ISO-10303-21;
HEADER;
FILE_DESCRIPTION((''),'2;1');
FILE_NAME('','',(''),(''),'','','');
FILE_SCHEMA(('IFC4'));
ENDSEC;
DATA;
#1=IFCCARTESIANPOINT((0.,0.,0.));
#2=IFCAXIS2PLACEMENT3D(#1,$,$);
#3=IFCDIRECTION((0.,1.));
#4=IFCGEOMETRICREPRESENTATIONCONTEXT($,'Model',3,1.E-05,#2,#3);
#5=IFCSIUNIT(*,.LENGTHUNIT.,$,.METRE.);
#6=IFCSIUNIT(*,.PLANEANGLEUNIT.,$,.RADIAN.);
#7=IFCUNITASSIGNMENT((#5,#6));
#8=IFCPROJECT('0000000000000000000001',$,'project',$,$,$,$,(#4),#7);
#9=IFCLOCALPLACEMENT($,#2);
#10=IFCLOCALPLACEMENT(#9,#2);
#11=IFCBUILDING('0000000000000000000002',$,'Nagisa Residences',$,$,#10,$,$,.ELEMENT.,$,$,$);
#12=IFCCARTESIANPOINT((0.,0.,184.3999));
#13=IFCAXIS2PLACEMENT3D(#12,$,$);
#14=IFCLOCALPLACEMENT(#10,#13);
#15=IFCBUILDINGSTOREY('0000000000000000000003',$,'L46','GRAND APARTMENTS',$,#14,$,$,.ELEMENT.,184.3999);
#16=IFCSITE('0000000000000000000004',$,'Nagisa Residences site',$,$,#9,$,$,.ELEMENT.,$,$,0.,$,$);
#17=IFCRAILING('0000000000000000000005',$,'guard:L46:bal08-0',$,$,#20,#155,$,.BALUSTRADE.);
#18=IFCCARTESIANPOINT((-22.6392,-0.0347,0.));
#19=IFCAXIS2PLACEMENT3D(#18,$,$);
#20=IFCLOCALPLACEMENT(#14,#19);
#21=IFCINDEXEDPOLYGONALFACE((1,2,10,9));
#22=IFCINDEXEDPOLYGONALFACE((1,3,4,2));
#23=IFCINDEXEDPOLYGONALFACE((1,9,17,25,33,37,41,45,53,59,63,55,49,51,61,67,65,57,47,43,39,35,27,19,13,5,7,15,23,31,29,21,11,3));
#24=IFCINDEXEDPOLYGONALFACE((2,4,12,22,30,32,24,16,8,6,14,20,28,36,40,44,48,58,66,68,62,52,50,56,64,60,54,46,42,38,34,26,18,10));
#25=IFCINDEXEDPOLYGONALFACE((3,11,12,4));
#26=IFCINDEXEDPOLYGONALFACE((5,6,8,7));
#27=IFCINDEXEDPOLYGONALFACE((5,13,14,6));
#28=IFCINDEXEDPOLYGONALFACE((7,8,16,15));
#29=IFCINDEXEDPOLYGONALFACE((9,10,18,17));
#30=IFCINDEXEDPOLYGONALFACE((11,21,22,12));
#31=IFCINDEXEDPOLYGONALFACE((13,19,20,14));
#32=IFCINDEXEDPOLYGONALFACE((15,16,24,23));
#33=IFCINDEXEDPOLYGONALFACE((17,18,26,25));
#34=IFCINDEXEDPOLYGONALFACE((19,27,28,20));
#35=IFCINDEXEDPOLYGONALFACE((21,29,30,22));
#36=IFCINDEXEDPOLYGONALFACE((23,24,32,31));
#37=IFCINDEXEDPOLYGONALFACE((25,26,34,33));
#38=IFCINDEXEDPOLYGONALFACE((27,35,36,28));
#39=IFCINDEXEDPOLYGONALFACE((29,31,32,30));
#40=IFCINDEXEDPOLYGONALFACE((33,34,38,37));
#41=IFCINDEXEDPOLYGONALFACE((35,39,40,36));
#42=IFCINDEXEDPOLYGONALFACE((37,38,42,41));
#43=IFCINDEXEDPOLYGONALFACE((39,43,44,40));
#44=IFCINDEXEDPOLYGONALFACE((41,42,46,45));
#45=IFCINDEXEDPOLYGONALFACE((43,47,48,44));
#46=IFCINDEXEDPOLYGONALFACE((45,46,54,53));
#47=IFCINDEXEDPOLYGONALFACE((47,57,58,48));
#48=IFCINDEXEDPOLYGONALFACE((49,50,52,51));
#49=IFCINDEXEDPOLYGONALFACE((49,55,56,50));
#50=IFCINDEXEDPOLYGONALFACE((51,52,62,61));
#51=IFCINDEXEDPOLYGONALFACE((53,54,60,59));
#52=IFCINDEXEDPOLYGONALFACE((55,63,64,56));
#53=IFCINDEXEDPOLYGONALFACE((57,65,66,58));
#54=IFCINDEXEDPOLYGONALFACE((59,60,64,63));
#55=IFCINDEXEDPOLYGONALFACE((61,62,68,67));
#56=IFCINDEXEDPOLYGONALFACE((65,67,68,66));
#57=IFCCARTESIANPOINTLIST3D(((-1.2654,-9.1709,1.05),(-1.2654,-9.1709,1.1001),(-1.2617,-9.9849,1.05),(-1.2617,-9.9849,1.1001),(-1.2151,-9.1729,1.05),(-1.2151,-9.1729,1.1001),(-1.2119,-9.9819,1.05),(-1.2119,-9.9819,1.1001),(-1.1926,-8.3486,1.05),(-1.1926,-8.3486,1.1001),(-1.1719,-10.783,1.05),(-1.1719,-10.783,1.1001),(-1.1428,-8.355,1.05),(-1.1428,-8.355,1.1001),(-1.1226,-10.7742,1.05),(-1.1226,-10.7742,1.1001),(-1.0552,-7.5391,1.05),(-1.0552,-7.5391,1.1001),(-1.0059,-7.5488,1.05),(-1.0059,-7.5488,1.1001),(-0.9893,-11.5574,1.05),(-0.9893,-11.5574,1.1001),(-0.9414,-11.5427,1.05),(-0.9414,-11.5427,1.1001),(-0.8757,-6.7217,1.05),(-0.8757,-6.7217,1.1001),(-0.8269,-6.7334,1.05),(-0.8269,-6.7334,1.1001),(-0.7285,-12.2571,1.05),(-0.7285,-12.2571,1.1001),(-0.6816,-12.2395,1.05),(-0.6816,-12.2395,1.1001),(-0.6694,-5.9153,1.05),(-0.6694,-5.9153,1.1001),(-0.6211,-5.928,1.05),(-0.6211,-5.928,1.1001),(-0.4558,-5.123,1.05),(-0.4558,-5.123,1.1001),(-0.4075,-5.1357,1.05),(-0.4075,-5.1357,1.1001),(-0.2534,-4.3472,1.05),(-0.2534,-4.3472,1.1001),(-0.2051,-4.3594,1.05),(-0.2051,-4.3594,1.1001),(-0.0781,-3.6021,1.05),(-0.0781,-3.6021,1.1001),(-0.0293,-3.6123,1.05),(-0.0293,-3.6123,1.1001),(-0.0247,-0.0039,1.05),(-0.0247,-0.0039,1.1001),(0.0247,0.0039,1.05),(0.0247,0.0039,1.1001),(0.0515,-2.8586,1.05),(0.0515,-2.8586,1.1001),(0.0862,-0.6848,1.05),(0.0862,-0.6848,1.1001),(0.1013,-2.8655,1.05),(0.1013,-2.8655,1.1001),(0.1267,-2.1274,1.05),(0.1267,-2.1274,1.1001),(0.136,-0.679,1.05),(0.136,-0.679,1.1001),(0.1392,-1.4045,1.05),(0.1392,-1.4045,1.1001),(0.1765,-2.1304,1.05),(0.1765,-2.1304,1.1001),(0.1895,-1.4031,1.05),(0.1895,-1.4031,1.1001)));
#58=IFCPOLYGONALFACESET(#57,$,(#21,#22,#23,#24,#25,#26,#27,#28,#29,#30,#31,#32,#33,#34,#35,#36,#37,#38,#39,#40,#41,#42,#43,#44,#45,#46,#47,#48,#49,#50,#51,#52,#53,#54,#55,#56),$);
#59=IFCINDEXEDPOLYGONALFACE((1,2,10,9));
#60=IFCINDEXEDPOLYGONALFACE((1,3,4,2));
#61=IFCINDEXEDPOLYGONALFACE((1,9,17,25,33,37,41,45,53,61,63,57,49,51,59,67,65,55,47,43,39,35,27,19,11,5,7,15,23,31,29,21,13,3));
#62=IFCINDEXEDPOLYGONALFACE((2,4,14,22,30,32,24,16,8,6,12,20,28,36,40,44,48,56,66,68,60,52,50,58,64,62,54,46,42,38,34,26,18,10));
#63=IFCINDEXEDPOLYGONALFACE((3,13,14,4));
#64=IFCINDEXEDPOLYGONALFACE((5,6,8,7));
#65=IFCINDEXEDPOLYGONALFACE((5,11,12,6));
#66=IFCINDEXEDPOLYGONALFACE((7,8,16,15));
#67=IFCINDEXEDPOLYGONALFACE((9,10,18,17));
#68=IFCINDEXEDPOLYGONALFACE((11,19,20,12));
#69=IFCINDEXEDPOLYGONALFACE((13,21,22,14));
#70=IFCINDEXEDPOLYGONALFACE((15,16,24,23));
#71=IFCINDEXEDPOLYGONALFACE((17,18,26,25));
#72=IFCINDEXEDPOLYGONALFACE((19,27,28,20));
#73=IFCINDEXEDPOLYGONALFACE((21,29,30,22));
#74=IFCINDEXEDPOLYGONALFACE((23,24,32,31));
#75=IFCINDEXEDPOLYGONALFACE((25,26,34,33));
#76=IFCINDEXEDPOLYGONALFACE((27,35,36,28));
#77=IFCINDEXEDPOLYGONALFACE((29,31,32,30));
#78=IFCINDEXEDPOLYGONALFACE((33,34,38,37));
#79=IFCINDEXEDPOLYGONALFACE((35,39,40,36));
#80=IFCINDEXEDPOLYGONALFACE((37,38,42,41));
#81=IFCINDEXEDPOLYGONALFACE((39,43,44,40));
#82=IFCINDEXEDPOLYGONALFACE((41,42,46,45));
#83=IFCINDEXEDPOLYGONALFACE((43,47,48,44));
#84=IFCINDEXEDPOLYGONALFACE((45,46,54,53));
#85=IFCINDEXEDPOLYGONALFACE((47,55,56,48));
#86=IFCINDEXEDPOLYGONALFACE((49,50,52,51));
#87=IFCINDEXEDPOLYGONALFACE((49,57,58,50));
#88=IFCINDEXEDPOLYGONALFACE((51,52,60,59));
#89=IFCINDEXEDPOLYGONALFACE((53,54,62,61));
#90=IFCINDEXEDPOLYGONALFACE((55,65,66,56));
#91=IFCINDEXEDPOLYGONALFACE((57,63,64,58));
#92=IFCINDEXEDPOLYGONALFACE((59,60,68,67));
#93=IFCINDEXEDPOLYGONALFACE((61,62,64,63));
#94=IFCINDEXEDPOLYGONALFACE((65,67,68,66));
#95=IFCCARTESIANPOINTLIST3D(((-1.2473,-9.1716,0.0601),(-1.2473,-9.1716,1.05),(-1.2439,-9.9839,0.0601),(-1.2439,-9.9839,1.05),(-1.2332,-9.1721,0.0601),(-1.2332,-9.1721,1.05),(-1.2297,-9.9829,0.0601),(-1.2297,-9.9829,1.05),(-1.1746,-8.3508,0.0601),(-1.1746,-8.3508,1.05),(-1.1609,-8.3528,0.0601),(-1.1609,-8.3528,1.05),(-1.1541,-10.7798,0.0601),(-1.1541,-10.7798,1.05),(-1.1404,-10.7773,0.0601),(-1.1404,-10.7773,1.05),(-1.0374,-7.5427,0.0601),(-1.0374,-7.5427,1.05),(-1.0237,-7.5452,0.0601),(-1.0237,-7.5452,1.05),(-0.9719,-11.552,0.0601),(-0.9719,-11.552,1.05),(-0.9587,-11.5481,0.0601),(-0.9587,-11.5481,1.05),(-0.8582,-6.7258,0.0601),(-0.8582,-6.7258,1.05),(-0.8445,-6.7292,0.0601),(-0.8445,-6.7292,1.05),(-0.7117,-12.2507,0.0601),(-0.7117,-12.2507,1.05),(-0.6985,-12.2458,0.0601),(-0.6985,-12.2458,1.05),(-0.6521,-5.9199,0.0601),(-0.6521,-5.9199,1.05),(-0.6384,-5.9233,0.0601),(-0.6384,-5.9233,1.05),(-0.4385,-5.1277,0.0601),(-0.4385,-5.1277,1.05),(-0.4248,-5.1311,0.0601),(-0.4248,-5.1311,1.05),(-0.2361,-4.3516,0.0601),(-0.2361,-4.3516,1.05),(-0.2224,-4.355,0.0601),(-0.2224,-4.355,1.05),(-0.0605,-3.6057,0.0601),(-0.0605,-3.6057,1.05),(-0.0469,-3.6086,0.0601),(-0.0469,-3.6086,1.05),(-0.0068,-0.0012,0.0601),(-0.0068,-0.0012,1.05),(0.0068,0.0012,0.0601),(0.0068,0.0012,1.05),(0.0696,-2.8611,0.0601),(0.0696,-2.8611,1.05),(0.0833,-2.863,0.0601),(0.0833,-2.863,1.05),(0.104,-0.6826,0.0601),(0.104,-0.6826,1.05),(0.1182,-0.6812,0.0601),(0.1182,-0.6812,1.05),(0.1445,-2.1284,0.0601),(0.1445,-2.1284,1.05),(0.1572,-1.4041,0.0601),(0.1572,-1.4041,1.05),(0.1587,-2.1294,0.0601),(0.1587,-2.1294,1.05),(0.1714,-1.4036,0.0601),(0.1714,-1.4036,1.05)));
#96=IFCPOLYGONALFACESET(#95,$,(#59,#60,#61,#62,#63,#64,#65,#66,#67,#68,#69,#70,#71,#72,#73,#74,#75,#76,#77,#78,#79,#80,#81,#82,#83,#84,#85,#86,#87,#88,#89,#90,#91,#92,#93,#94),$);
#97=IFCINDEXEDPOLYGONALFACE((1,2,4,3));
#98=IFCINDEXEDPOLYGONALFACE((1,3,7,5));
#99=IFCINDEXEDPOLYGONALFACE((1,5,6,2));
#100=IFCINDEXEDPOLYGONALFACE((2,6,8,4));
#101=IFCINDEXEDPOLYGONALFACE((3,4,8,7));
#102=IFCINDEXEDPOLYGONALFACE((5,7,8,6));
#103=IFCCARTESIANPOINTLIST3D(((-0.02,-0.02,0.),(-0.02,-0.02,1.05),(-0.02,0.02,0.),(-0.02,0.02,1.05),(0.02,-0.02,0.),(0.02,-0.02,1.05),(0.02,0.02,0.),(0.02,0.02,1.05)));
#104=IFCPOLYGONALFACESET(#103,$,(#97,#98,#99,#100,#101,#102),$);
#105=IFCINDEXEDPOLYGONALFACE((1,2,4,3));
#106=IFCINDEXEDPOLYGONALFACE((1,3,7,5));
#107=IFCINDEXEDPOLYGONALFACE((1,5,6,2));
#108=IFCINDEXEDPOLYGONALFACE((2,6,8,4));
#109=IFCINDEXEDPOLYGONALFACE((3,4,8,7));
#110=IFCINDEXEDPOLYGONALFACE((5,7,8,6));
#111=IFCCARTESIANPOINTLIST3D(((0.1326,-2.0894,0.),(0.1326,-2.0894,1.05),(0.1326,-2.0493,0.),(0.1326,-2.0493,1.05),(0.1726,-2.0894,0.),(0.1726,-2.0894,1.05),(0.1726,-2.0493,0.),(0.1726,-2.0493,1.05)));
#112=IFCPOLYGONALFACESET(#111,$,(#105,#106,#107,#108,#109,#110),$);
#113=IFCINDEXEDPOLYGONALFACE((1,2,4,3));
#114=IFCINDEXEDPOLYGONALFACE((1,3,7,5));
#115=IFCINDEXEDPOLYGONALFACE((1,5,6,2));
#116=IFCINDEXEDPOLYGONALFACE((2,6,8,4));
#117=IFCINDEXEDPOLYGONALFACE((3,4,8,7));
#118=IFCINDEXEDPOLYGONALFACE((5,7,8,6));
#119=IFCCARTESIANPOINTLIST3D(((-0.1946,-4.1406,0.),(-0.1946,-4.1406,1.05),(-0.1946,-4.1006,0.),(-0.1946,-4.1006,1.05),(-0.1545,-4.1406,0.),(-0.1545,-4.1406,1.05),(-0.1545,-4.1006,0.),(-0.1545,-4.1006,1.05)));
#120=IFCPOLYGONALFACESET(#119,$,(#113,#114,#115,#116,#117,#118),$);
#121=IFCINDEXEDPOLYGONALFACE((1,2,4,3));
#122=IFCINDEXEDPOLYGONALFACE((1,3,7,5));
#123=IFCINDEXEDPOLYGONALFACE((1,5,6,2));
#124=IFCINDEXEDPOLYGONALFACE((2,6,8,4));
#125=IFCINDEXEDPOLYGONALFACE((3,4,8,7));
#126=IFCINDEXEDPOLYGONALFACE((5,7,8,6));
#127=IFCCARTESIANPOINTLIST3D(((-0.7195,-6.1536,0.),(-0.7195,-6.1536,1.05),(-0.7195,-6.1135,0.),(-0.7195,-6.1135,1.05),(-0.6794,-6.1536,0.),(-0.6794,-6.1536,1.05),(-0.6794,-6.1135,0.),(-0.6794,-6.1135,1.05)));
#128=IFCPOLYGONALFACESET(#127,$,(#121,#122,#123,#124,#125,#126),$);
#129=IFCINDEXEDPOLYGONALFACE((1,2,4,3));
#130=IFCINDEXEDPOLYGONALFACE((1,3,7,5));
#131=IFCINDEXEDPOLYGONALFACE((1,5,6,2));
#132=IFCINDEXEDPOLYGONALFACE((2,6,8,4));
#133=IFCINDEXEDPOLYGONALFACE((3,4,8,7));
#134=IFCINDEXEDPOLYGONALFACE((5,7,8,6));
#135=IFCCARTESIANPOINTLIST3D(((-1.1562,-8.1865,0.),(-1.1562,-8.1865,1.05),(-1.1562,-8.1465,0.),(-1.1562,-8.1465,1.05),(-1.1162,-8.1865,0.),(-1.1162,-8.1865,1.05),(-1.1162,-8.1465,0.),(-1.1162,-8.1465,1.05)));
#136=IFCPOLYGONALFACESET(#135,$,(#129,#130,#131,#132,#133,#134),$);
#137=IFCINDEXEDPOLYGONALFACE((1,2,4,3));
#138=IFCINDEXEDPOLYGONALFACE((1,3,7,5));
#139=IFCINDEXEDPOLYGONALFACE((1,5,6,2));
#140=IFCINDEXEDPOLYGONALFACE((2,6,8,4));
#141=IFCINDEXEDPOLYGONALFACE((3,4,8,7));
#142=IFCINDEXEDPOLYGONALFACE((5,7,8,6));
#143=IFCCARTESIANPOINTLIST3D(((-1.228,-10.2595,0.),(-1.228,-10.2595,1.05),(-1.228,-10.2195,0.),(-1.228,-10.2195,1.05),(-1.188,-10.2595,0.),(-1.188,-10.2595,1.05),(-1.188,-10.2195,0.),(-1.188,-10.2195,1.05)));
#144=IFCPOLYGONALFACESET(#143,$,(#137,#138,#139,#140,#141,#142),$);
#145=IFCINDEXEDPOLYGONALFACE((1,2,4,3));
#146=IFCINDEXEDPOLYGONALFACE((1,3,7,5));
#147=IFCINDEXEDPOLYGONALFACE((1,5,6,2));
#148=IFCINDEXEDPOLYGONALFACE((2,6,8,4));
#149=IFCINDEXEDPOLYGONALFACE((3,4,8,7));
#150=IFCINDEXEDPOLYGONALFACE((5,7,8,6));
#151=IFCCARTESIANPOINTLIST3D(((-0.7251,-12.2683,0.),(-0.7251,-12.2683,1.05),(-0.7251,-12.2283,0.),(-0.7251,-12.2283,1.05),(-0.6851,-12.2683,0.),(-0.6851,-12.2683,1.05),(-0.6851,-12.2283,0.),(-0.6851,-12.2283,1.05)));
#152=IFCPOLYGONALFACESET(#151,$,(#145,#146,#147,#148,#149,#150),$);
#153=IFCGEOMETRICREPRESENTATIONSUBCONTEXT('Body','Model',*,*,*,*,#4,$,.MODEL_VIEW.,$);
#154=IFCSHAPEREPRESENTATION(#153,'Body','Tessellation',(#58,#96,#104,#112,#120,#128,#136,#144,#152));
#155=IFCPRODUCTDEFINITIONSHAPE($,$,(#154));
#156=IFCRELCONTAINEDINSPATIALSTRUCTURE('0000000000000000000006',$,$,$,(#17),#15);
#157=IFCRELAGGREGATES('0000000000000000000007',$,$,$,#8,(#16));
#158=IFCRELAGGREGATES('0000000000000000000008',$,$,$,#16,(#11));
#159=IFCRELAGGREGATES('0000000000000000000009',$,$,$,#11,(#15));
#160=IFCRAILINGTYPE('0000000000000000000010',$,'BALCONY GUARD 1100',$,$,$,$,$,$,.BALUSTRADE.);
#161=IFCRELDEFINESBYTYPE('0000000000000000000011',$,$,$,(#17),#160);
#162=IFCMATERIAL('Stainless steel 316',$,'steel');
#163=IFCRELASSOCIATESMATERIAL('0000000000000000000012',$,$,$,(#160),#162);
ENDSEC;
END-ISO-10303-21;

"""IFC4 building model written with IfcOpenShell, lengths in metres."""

from ifc_helpers import new_model, si_unit, direction, frame, origin, origin_2d, place, context, subcontext, project, spatial, polyline, rectangle, outline, extrude, material, type_object, element, save


model = new_model("IFC4")

# Units and contexts
model_context = context("Model", 3, precision=1e-05, world=origin(), true_north=direction((0.0, 1.0)))
body_context = subcontext(model_context, "Body", "Model", "MODEL_VIEW")
ifc_project = project(units=[si_unit("LENGTHUNIT", "METRE"), si_unit("PLANEANGLEUNIT", "RADIAN")], contexts=[model_context])

# Site, building, storey
site_placement = place(None, origin())
site = spatial("IfcSite", under=ifc_project, at=site_placement, Name="Nagisa Residences site", CompositionType="ELEMENT", RefElevation=0.0)
building_placement = place(site_placement, origin())
building = spatial("IfcBuilding", under=site, at=building_placement, Name="Nagisa Residences", CompositionType="ELEMENT")
storey_placement = place(building_placement, frame((0.0, 0.0, 184.3999)))
storey = spatial("IfcBuildingStorey", under=building, at=storey_placement, Name="L46", Description="GRAND APARTMENTS", CompositionType="ELEMENT", Elevation=184.3999)

# Railing
ifc_material_1 = material(Name="Stainless steel 316", Category="steel")
railing_type = type_object("IfcRailingType", Name="BALCONY GUARD 1100", PredefinedType="BALUSTRADE", material=ifc_material_1)
railing_placement = place(storey_placement, frame((-22.6392, -0.0347, 0.0)))
element("IfcRailing", 1, at=railing_placement, inside=storey, type_object=railing_type, Name="guard:L46:bal08-0", PredefinedType="BALUSTRADE", context=body_context, shape_type="SweptSolid", body=[
    extrude(outline(polyline([(0.136, -0.679), (0.0247, 0.0039), (-0.0247, -0.0039), (0.0862, -0.6848), (0.1392, -1.4045), (0.1267, -2.1274), (0.0515, -2.8586), (-0.0781, -3.6021), (-0.2534, -4.3472), (-0.4558, -5.123), (-0.6694, -5.9153), (-0.8757, -6.7217), (-1.0552, -7.5391), (-1.1926, -8.3486), (-1.2654, -9.1709), (-1.2617, -9.9849), (-1.1719, -10.783), (-0.9893, -11.5574), (-0.7285, -12.2571), (-0.6816, -12.2395), (-0.9414, -11.5427), (-1.1226, -10.7742), (-1.2119, -9.9819), (-1.2151, -9.1729), (-1.1428, -8.355), (-1.0059, -7.5488), (-0.8269, -6.7334), (-0.6211, -5.928), (-0.4075, -5.1357), (-0.2051, -4.3594), (-0.0293, -3.6123), (0.1013, -2.8655), (0.1765, -2.1304), (0.1895, -1.4031), (0.136, -0.679)])), frame((0.0, 0.0, 1.05)), (0.0, 0.0, 1.0), 0.05),
    extrude(outline(polyline([(0.1182, -0.6812), (0.0068, 0.0012), (-0.0068, -0.0012), (0.104, -0.6826), (0.1572, -1.4041), (0.1445, -2.1284), (0.0696, -2.8611), (-0.0605, -3.6057), (-0.2361, -4.3516), (-0.4385, -5.1277), (-0.6521, -5.9199), (-0.8582, -6.7258), (-1.0374, -7.5427), (-1.1746, -8.3508), (-1.2473, -9.1716), (-1.2439, -9.9839), (-1.1541, -10.7798), (-0.9719, -11.552), (-0.7117, -12.2507), (-0.6985, -12.2458), (-0.9587, -11.5481), (-1.1404, -10.7773), (-1.2297, -9.9829), (-1.2332, -9.1721), (-1.1609, -8.3528), (-1.0237, -7.5452), (-0.8445, -6.7292), (-0.6384, -5.9233), (-0.4248, -5.1311), (-0.2224, -4.355), (-0.0469, -3.6086), (0.0833, -2.863), (0.1587, -2.1294), (0.1714, -1.4036), (0.1182, -0.6812)])), frame((0.0, 0.0, 0.0601)), (0.0, 0.0, 1.0), 0.99),
    extrude(rectangle(XDim=0.04, YDim=0.04, at=origin_2d()), origin(), (0.0, 0.0, 1.0), 1.05),
    extrude(rectangle(XDim=0.04, YDim=0.04, at=origin_2d()), frame((0.1526, -2.0693, 0.0)), (0.0, 0.0, 1.0), 1.05),
    extrude(rectangle(XDim=0.04, YDim=0.04, at=origin_2d()), frame((-0.1746, -4.1206, 0.0)), (0.0, 0.0, 1.0), 1.05),
    extrude(rectangle(XDim=0.04, YDim=0.04, at=origin_2d()), frame((-0.6995, -6.1335, 0.0)), (0.0, 0.0, 1.0), 1.05),
    extrude(rectangle(XDim=0.04, YDim=0.04, at=origin_2d()), frame((-1.1362, -8.1665, 0.0)), (0.0, 0.0, 1.0), 1.05),
    extrude(rectangle(XDim=0.04, YDim=0.04, at=origin_2d()), frame((-1.208, -10.2395, 0.0)), (0.0, 0.0, 1.0), 1.05),
    extrude(rectangle(XDim=0.04, YDim=0.04, at=origin_2d()), frame((-0.7051, -12.2483, 0.0)), (0.0, 0.0, 1.0), 1.05),
])

save(model, "model.ifc")
